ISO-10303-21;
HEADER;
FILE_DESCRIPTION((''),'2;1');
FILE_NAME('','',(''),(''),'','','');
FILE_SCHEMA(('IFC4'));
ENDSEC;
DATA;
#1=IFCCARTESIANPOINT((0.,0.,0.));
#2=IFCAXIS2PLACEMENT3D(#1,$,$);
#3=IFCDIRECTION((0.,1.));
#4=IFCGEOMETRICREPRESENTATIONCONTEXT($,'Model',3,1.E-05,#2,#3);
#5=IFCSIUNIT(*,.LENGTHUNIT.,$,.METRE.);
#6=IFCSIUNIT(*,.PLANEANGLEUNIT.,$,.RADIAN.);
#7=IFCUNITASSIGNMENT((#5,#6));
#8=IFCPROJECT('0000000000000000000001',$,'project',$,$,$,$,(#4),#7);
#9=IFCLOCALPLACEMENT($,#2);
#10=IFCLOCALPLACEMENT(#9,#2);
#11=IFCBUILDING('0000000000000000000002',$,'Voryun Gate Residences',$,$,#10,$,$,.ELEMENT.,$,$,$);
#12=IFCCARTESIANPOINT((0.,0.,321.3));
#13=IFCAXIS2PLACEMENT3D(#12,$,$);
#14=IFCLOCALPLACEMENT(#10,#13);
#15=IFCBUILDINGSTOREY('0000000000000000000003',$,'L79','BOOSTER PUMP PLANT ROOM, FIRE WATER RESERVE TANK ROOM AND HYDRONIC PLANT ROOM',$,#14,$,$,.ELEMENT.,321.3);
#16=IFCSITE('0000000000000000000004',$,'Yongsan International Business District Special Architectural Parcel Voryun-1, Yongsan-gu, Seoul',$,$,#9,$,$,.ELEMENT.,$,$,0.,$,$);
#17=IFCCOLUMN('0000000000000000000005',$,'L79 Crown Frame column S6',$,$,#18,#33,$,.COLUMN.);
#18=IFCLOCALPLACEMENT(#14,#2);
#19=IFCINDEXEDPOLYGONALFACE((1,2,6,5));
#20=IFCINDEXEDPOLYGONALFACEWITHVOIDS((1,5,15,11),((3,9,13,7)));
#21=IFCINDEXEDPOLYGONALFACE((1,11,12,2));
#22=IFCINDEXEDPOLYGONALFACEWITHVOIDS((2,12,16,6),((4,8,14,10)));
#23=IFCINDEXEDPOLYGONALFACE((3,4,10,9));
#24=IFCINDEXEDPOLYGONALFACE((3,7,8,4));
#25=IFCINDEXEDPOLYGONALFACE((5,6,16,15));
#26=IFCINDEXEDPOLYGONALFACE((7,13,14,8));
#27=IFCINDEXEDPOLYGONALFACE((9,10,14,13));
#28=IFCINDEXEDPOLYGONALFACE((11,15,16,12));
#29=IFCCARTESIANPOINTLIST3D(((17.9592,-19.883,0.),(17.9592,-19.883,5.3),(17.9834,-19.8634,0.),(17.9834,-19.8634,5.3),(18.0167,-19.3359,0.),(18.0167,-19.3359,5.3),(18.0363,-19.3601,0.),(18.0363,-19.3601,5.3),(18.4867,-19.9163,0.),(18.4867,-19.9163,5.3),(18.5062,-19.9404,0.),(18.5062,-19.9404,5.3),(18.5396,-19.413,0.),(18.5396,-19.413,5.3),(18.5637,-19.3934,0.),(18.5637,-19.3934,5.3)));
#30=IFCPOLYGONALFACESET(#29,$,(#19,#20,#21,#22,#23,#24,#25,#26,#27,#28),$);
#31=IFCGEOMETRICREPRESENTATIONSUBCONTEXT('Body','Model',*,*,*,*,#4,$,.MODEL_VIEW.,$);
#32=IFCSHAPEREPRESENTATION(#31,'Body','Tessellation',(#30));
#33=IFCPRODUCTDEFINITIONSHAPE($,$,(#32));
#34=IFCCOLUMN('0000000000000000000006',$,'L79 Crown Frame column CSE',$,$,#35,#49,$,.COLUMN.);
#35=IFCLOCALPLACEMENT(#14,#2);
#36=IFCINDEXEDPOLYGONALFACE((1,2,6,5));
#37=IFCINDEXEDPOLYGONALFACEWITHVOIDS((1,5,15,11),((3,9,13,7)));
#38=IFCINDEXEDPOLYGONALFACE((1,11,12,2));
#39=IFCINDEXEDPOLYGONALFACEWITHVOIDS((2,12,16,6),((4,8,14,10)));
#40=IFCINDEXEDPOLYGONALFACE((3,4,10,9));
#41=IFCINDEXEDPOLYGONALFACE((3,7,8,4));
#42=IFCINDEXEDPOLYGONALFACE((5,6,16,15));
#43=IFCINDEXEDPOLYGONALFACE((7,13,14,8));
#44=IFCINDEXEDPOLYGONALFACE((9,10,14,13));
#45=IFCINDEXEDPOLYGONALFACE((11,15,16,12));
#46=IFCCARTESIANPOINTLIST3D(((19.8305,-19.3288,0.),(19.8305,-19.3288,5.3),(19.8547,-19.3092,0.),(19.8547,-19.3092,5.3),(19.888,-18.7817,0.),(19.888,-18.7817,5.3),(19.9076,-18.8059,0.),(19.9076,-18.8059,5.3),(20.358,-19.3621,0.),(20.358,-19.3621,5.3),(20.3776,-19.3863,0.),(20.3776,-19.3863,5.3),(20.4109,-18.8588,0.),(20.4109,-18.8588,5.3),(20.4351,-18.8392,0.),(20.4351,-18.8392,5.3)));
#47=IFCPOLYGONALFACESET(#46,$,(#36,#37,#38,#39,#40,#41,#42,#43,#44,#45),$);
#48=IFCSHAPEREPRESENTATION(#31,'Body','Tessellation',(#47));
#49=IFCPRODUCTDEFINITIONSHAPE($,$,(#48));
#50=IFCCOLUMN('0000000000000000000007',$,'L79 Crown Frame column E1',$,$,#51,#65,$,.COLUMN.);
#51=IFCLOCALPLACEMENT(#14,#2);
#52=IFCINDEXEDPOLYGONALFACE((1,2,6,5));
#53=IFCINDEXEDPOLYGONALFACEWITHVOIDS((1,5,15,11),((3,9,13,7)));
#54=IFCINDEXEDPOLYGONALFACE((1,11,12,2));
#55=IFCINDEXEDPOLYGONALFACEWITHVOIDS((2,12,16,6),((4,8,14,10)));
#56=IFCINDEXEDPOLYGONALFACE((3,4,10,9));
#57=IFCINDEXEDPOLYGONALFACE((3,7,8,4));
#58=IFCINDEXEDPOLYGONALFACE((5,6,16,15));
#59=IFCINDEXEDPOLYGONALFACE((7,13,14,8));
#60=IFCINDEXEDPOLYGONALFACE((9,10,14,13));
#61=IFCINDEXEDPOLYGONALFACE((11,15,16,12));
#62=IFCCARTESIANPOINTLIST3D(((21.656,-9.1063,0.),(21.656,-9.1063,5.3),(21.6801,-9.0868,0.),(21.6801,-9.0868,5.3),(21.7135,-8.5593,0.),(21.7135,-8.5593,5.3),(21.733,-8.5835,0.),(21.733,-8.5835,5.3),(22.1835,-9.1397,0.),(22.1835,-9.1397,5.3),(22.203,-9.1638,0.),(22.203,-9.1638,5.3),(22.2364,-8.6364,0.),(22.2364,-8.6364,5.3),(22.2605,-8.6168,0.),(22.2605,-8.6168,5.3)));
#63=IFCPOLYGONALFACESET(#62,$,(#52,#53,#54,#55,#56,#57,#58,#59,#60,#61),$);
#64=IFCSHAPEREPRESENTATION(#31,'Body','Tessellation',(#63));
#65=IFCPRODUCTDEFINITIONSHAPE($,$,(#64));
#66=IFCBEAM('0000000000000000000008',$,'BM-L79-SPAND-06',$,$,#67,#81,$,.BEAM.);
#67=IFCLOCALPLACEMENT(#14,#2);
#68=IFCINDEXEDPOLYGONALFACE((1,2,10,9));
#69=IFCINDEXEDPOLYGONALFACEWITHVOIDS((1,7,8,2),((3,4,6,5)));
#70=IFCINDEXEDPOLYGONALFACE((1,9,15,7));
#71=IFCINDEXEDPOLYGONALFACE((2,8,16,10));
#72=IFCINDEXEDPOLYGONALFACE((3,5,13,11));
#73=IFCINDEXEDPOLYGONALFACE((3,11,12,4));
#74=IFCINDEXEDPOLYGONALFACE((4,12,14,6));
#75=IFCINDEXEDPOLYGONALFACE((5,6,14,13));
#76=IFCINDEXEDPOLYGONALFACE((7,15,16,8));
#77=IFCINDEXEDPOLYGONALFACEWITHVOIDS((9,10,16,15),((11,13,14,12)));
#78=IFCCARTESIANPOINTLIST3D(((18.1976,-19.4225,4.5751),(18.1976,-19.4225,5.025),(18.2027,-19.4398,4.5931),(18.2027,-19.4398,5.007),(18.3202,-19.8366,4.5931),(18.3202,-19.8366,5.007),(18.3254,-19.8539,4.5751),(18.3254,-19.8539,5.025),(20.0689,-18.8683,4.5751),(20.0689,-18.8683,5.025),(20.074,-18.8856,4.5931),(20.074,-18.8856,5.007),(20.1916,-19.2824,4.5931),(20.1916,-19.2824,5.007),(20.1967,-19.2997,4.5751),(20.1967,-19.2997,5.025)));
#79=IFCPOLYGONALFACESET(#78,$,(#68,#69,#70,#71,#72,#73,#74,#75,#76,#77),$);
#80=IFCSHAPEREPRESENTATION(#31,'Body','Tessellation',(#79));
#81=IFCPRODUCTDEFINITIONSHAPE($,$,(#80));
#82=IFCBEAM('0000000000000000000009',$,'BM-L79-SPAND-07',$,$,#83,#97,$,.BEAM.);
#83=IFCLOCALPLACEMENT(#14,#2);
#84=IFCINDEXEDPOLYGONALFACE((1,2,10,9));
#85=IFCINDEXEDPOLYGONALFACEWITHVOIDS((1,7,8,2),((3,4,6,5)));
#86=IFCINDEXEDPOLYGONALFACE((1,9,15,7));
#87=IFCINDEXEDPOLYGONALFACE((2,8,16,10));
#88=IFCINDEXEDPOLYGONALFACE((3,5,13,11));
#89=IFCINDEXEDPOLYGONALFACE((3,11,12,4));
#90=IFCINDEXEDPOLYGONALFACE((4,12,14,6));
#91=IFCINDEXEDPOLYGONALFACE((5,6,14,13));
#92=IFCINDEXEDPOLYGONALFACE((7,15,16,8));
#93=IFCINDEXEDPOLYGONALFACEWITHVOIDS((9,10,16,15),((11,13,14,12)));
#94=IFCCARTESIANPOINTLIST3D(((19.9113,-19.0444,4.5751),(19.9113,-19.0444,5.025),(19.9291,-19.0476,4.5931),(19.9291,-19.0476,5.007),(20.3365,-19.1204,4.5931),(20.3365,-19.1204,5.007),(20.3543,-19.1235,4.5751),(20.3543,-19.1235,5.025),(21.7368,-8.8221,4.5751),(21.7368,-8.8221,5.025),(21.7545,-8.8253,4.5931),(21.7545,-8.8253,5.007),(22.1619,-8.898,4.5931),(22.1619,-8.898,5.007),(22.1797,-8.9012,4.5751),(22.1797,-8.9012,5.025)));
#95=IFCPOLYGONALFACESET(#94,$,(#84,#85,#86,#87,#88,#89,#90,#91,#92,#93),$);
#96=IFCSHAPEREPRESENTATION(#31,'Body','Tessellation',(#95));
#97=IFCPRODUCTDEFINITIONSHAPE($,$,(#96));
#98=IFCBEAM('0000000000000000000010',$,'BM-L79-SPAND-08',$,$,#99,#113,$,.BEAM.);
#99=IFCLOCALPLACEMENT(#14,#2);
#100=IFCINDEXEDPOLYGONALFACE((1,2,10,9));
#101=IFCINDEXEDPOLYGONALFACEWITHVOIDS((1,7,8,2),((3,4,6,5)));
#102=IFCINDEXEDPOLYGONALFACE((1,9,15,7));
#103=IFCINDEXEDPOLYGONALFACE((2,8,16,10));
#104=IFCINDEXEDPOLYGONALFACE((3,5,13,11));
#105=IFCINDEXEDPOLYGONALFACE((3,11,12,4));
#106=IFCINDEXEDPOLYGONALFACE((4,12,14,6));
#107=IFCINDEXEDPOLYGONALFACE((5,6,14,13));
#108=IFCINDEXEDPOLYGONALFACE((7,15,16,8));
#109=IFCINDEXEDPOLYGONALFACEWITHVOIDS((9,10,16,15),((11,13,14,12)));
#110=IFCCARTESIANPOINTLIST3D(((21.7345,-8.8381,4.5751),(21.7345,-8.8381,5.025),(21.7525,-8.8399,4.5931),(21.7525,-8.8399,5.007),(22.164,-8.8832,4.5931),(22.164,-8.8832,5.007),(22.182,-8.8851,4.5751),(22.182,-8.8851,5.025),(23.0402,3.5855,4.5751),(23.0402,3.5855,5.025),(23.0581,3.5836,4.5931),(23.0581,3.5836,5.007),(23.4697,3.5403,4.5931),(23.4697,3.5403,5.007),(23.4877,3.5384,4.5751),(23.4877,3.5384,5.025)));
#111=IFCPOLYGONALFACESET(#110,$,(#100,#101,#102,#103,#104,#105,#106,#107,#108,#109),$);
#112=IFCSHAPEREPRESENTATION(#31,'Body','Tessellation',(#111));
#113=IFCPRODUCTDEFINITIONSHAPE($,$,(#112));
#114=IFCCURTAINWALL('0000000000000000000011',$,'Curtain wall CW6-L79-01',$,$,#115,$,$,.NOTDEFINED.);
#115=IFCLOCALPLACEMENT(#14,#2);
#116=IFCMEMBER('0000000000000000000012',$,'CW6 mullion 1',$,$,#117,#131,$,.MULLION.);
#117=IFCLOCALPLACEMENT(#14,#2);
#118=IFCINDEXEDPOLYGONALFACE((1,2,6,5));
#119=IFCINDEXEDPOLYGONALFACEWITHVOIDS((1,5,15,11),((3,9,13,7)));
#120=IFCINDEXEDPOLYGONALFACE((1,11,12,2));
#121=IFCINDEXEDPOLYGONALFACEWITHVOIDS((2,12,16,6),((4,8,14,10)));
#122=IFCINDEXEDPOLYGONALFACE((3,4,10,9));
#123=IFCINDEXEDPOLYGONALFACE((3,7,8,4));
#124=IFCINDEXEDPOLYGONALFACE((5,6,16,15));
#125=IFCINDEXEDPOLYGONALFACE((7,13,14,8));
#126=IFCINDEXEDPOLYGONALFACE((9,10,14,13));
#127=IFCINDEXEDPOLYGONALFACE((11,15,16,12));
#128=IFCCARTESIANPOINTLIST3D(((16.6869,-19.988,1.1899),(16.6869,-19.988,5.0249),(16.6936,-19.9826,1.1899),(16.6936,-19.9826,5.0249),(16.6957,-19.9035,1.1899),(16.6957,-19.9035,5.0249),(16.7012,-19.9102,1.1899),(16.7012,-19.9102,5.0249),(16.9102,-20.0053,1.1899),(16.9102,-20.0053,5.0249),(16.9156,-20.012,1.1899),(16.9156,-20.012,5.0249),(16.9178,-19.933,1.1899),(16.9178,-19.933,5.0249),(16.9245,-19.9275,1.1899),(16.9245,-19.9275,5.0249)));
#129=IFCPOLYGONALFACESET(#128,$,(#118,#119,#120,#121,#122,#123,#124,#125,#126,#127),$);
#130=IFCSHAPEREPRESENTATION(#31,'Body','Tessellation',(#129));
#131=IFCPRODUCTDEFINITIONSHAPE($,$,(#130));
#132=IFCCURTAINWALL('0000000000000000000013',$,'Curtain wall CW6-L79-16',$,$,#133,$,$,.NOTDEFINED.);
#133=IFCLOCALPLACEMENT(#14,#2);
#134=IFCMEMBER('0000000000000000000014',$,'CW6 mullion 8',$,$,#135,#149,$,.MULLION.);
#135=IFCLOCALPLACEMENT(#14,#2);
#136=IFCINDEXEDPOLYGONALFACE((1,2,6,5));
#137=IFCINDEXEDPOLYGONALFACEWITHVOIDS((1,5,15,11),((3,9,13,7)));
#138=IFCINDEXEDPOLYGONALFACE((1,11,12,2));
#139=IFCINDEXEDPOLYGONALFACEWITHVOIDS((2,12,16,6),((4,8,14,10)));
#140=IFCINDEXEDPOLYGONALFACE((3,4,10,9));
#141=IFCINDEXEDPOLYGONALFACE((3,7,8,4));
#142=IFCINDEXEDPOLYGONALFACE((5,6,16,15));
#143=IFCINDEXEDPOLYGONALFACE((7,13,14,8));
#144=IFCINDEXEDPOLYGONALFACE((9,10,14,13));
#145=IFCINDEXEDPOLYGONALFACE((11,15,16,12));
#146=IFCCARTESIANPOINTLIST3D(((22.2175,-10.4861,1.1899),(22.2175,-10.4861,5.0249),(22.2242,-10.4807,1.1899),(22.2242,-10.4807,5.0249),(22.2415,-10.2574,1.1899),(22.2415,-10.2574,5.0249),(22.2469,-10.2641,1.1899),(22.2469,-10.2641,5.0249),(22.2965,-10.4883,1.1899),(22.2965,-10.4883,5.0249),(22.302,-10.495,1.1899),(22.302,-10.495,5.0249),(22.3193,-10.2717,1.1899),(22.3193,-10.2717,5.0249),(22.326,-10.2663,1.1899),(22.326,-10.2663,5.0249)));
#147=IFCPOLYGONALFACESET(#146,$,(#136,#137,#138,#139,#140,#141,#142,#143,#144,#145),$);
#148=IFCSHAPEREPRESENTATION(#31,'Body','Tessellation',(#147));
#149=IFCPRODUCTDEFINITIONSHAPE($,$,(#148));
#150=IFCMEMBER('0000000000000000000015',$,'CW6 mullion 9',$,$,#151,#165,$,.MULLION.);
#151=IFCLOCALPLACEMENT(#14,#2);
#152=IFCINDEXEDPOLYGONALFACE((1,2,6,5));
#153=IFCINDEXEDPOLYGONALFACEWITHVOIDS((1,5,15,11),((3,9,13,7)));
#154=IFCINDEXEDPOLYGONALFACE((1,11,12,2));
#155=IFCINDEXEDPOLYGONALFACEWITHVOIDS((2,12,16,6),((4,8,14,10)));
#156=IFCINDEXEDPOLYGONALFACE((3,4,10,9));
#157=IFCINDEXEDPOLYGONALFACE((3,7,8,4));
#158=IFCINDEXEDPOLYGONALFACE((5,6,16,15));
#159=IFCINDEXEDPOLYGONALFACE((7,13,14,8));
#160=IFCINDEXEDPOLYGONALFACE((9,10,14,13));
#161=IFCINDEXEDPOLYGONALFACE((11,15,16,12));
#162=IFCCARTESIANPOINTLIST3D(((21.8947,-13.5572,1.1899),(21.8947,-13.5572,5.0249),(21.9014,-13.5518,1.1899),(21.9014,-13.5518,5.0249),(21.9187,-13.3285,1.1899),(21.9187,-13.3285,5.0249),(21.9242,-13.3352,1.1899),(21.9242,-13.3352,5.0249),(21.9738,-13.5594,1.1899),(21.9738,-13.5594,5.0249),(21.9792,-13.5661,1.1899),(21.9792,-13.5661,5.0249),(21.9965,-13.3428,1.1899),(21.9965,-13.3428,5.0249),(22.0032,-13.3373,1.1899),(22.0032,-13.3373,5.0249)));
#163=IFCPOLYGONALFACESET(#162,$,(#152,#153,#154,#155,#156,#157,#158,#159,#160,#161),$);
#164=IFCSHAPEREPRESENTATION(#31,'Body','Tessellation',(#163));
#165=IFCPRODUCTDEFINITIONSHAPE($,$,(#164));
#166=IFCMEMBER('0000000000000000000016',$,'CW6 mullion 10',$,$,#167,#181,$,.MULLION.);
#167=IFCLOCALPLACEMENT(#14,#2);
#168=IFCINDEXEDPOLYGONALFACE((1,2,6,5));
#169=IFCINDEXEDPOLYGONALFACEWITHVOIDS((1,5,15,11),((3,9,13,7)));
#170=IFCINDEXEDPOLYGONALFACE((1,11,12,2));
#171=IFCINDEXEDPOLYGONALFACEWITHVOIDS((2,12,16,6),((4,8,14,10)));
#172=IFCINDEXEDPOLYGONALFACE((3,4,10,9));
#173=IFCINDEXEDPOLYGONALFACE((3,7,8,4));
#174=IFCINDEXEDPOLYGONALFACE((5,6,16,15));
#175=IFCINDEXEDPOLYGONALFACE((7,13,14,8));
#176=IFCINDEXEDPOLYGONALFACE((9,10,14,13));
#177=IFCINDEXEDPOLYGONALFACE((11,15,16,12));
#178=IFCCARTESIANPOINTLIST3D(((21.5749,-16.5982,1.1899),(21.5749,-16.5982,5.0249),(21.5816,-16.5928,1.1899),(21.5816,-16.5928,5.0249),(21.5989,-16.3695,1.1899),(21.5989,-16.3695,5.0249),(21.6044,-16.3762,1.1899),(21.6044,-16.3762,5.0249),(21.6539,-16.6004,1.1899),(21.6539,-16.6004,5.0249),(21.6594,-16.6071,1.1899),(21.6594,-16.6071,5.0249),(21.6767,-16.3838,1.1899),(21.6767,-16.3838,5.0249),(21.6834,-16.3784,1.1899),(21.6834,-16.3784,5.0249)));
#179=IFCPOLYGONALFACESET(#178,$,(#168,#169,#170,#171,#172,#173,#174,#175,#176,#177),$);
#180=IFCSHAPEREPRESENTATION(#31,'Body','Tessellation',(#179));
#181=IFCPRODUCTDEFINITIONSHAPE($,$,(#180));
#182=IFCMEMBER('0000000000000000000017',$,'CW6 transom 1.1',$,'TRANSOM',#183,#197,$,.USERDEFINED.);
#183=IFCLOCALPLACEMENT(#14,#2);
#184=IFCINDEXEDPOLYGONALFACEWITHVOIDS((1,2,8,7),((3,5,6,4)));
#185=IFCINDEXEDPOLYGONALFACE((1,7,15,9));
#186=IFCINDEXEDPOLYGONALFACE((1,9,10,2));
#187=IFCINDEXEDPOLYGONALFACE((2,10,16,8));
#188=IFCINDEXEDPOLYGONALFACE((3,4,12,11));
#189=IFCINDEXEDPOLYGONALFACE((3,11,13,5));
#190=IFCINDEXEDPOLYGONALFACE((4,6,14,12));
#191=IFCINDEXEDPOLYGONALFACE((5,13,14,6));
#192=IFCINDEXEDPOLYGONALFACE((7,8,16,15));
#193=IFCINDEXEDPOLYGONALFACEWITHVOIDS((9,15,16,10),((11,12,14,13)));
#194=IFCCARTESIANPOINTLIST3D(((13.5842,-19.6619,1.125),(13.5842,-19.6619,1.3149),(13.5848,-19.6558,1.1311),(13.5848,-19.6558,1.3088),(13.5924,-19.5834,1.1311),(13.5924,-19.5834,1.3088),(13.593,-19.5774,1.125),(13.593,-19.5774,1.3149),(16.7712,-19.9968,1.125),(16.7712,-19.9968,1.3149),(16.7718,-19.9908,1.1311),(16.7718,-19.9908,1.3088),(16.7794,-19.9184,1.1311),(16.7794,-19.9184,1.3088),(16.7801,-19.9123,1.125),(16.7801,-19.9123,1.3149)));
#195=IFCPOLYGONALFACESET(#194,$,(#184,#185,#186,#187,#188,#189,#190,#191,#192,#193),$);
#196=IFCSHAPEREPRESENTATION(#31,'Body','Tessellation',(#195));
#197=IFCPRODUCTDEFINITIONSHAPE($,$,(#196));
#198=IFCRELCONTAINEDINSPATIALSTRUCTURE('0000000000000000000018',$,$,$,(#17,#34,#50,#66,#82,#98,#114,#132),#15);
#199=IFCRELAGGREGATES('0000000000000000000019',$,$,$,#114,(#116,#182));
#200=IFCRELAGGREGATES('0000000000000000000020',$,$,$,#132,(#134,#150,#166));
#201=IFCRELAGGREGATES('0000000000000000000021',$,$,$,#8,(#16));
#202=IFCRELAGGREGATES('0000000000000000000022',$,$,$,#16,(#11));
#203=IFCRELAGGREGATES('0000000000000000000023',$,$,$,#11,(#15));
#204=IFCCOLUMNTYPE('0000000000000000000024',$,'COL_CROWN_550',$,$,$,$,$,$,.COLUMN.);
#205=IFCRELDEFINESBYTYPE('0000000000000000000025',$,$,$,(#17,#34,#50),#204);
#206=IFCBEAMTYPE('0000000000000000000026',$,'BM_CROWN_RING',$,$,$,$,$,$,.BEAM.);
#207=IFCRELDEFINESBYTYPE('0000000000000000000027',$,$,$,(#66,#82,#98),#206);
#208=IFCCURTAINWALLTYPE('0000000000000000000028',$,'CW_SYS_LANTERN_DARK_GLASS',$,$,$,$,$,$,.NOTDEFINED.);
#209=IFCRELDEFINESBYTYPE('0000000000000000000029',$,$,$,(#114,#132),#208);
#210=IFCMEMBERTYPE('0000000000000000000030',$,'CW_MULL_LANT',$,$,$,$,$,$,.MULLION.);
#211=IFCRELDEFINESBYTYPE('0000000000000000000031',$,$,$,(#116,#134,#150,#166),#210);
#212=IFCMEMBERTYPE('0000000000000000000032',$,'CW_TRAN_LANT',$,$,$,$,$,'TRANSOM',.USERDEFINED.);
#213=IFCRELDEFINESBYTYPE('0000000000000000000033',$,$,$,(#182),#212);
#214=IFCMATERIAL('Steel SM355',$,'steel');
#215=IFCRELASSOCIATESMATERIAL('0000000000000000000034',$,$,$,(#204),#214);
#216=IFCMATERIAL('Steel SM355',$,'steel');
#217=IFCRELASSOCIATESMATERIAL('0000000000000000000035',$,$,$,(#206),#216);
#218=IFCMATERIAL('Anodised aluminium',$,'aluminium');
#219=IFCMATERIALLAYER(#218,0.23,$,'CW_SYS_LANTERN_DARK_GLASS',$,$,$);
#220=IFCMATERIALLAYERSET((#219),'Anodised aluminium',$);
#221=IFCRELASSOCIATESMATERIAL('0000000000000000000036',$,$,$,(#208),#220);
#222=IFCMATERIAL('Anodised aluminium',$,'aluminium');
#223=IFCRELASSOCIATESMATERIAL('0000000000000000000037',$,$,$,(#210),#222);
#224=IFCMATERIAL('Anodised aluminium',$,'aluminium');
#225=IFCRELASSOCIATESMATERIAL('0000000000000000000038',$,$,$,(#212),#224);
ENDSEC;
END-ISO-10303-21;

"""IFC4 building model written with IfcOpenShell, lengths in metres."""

from ifc_helpers import new_model, si_unit, direction, frame, origin, origin_2d, place, context, subcontext, project, spatial, hollow_rectangle, extrude, material, layer, layer_set, material_profile, profile_set, type_object, element, aggregate, save


model = new_model("IFC4")

# Units and contexts
model_context = context("Model", 3, precision=1e-05, world=origin(), true_north=direction((0.0, 1.0)))
body_context = subcontext(model_context, "Body", "Model", "MODEL_VIEW")
ifc_project = project(units=[si_unit("LENGTHUNIT", "METRE"), si_unit("PLANEANGLEUNIT", "RADIAN")], contexts=[model_context])

# Site, building, storey
site_placement = place(None, origin())
site = spatial("IfcSite", under=ifc_project, at=site_placement, Name="Yongsan International Business District Special Architectural Parcel Voryun-1, Yongsan-gu, Seoul", CompositionType="ELEMENT", RefElevation=0.0)
building_placement = place(site_placement, origin())
building = spatial("IfcBuilding", under=site, at=building_placement, Name="Voryun Gate Residences", CompositionType="ELEMENT")
storey_placement = place(building_placement, frame((0.0, 0.0, 321.3)))
storey = spatial("IfcBuildingStorey", under=building, at=storey_placement, Name="L79", Description="BOOSTER PUMP PLANT ROOM, FIRE WATER RESERVE TANK ROOM AND HYDRONIC PLANT ROOM", CompositionType="ELEMENT", Elevation=321.3)

# Columns
ifc_material_1 = material(Name="Steel SM355", Category="steel")
ifc_material_profile_1 = material_profile(ifc_material_1, hollow_rectangle(XDim=0.55, YDim=0.55, WallThickness=0.022, at=origin_2d()), Name="BOX-550x550x22")
ifc_profile_set_1 = profile_set([ifc_material_profile_1], Name="Steel SM355")
column_type = type_object("IfcColumnType", Name="COL_CROWN_550", PredefinedType="COLUMN", material=ifc_profile_set_1)
for number, where, z_axis, x_axis, name in (
    (1, (18.2615, -19.6382, 0.0), (0.0, 0.0, 1.0), (0.994522, -0.104528, 0.0), "L79 Crown Frame column S6"),
    (2, (20.1328, -19.084, 0.0), (0.0, 0.0, 1.0), (0.994522, -0.104528, 0.0), "L79 Crown Frame column CSE"),
    (3, (21.9583, -8.8616, 0.0), (0.0, 0.0, 1.0), (0.994522, -0.104528, 0.0), "L79 Crown Frame column E1"),
):
    element("IfcColumn", number, at=place(storey_placement, frame(where, z_axis=z_axis, x_axis=x_axis)), inside=storey, type_object=column_type, Name=name, PredefinedType="COLUMN", context=body_context, shape_type="SweptSolid", body=[
        extrude(hollow_rectangle(XDim=0.55, YDim=0.55, WallThickness=0.022, at=origin_2d()), origin(), (0.0, 0.0, 1.0), 5.3),
    ])

# Beams
ifc_material_2 = material(Name="Steel SM355", Category="steel")
ifc_material_profile_2 = material_profile(ifc_material_2, hollow_rectangle(XDim=0.45, YDim=0.45, WallThickness=0.0181, at=origin_2d()), Name="BOX-450x450x18")
ifc_profile_set_2 = profile_set([ifc_material_profile_2], Name="Steel SM355")
beam_type = type_object("IfcBeamType", Name="BM_CROWN_RING", PredefinedType="BEAM", material=ifc_profile_set_2)
beam_1_placement = place(storey_placement, frame((18.2615, -19.6382, 4.8), z_axis=(0.958836, 0.283961, 0.0), x_axis=(-0.283961, 0.958836, 0.0)))
element("IfcBeam", 4, at=beam_1_placement, inside=storey, type_object=beam_type, Name="BM-L79-SPAND-06", PredefinedType="BEAM", context=body_context, shape_type="SweptSolid", body=[
    extrude(hollow_rectangle(XDim=0.45, YDim=0.45, WallThickness=0.0181, at=origin_2d()), origin(), (0.0, 0.0, 1.0), 1.9517),
])
beam_2_placement = place(storey_placement, frame((20.1328, -19.084, 4.8), z_axis=(0.175791, 0.984427, 0.0), x_axis=(-0.984427, 0.175791, 0.0)))
element("IfcBeam", 5, at=beam_2_placement, inside=storey, type_object=beam_type, Name="BM-L79-SPAND-07", PredefinedType="BEAM", context=body_context, shape_type="SweptSolid", body=[
    extrude(hollow_rectangle(XDim=0.45, YDim=0.45, WallThickness=0.0181, at=origin_2d()), origin(), (0.0, 0.0, 1.0), 10.384),
])
beam_3_placement = place(storey_placement, frame((21.9583, -8.8616, 4.8), z_axis=(0.10452, 0.994523, 0.0), x_axis=(-0.994523, 0.10452, 0.0)))
element("IfcBeam", 6, at=beam_3_placement, inside=storey, type_object=beam_type, Name="BM-L79-SPAND-08", PredefinedType="BEAM", context=body_context, shape_type="SweptSolid", body=[
    extrude(hollow_rectangle(XDim=0.45, YDim=0.45, WallThickness=0.0181, at=origin_2d()), origin(), (0.0, 0.0, 1.0), 12.4919),
])

# Curtain wall, member
ifc_material_3 = material(Name="Anodised aluminium", Category="aluminium")
ifc_layer_1 = layer(ifc_material_3, 0.23, Name="CW_SYS_LANTERN_DARK_GLASS")
ifc_layer_set_1 = layer_set([ifc_layer_1], Name="Anodised aluminium")
curtain_wall_type = type_object("IfcCurtainWallType", Name="CW_SYS_LANTERN_DARK_GLASS", PredefinedType="NOTDEFINED", material=ifc_layer_set_1)
curtain_wall_1_placement = place(storey_placement, origin())
curtain_wall_1 = element("IfcCurtainWall", 7, at=curtain_wall_1_placement, inside=storey, type_object=curtain_wall_type, Name="Curtain wall CW6-L79-01", PredefinedType="NOTDEFINED")
ifc_material_4 = material(Name="Anodised aluminium", Category="aluminium")
ifc_material_profile_3 = material_profile(ifc_material_4, hollow_rectangle(XDim=0.085, YDim=0.23, WallThickness=0.0061, at=origin_2d()), Name="ALU-MULL-230x85x6")
ifc_profile_set_3 = profile_set([ifc_material_profile_3], Name="Anodised aluminium")
member_type_1 = type_object("IfcMemberType", Name="CW_MULL_LANT", PredefinedType="MULLION", material=ifc_profile_set_3)
member_1_placement = place(storey_placement, frame((16.8057, -19.9578, 1.1899), z_axis=(0.0, 0.0, 1.0), x_axis=(-0.104528, -0.994522, 0.0)))
member_1 = element("IfcMember", 8, at=member_1_placement, type_object=member_type_1, Name="CW6 mullion 1", PredefinedType="MULLION", context=body_context, shape_type="SweptSolid", body=[
    extrude(hollow_rectangle(XDim=0.085, YDim=0.23, WallThickness=0.0061, at=origin_2d()), origin(), (0.0, 0.0, 1.0), 3.835),
])

# Curtain wall, members
curtain_wall_2_placement = place(storey_placement, origin())
curtain_wall_2 = element("IfcCurtainWall", 9, at=curtain_wall_2_placement, inside=storey, type_object=curtain_wall_type, Name="Curtain wall CW6-L79-16", PredefinedType="NOTDEFINED")
member_2_placement = place(storey_placement, frame((22.2717, -10.3762, 1.1899), z_axis=(0.0, 0.0, 1.0), x_axis=(0.994522, -0.104528, 0.0)))
member_2 = element("IfcMember", 10, at=member_2_placement, type_object=member_type_1, Name="CW6 mullion 8", PredefinedType="MULLION", context=body_context, shape_type="SweptSolid", body=[
    extrude(hollow_rectangle(XDim=0.085, YDim=0.23, WallThickness=0.0061, at=origin_2d()), origin(), (0.0, 0.0, 1.0), 3.835),
])
member_3_placement = place(storey_placement, frame((21.949, -13.4473, 1.1899), z_axis=(0.0, 0.0, 1.0), x_axis=(0.994522, -0.104528, 0.0)))
member_3 = element("IfcMember", 11, at=member_3_placement, type_object=member_type_1, Name="CW6 mullion 9", PredefinedType="MULLION", context=body_context, shape_type="SweptSolid", body=[
    extrude(hollow_rectangle(XDim=0.085, YDim=0.23, WallThickness=0.0061, at=origin_2d()), origin(), (0.0, 0.0, 1.0), 3.835),
])
member_4_placement = place(storey_placement, frame((21.6292, -16.4883, 1.1899), z_axis=(0.0, 0.0, 1.0), x_axis=(0.994522, -0.104528, 0.0)))
member_4 = element("IfcMember", 12, at=member_4_placement, type_object=member_type_1, Name="CW6 mullion 10", PredefinedType="MULLION", context=body_context, shape_type="SweptSolid", body=[
    extrude(hollow_rectangle(XDim=0.085, YDim=0.23, WallThickness=0.0061, at=origin_2d()), origin(), (0.0, 0.0, 1.0), 3.835),
])

# Member
ifc_material_5 = material(Name="Anodised aluminium", Category="aluminium")
ifc_material_profile_4 = material_profile(ifc_material_5, hollow_rectangle(XDim=0.085, YDim=0.1899, WallThickness=0.0061, at=origin_2d()), Name="ALU-TRAN-190x85x6")
ifc_profile_set_4 = profile_set([ifc_material_profile_4], Name="Anodised aluminium")
member_type_2 = type_object("IfcMemberType", Name="CW_TRAN_LANT", ElementType="TRANSOM", PredefinedType="USERDEFINED", material=ifc_profile_set_4)
member_5_placement = place(storey_placement, frame((16.7756, -19.9546, 1.22), z_axis=(-0.994522, 0.104526, 0.0), x_axis=(-0.104526, -0.994522, 0.0)))
member_5 = element("IfcMember", 13, at=member_5_placement, type_object=member_type_2, Name="CW6 transom 1.1", ObjectType="TRANSOM", PredefinedType="USERDEFINED", context=body_context, shape_type="SweptSolid", body=[
    extrude(hollow_rectangle(XDim=0.085, YDim=0.1899, WallThickness=0.0061, at=origin_2d()), origin(), (0.0, 0.0, 1.0), 3.2046),
])
aggregate(curtain_wall_1, [member_1, member_5])

aggregate(curtain_wall_2, [member_2, member_3, member_4])

save(model, "model.ifc")
